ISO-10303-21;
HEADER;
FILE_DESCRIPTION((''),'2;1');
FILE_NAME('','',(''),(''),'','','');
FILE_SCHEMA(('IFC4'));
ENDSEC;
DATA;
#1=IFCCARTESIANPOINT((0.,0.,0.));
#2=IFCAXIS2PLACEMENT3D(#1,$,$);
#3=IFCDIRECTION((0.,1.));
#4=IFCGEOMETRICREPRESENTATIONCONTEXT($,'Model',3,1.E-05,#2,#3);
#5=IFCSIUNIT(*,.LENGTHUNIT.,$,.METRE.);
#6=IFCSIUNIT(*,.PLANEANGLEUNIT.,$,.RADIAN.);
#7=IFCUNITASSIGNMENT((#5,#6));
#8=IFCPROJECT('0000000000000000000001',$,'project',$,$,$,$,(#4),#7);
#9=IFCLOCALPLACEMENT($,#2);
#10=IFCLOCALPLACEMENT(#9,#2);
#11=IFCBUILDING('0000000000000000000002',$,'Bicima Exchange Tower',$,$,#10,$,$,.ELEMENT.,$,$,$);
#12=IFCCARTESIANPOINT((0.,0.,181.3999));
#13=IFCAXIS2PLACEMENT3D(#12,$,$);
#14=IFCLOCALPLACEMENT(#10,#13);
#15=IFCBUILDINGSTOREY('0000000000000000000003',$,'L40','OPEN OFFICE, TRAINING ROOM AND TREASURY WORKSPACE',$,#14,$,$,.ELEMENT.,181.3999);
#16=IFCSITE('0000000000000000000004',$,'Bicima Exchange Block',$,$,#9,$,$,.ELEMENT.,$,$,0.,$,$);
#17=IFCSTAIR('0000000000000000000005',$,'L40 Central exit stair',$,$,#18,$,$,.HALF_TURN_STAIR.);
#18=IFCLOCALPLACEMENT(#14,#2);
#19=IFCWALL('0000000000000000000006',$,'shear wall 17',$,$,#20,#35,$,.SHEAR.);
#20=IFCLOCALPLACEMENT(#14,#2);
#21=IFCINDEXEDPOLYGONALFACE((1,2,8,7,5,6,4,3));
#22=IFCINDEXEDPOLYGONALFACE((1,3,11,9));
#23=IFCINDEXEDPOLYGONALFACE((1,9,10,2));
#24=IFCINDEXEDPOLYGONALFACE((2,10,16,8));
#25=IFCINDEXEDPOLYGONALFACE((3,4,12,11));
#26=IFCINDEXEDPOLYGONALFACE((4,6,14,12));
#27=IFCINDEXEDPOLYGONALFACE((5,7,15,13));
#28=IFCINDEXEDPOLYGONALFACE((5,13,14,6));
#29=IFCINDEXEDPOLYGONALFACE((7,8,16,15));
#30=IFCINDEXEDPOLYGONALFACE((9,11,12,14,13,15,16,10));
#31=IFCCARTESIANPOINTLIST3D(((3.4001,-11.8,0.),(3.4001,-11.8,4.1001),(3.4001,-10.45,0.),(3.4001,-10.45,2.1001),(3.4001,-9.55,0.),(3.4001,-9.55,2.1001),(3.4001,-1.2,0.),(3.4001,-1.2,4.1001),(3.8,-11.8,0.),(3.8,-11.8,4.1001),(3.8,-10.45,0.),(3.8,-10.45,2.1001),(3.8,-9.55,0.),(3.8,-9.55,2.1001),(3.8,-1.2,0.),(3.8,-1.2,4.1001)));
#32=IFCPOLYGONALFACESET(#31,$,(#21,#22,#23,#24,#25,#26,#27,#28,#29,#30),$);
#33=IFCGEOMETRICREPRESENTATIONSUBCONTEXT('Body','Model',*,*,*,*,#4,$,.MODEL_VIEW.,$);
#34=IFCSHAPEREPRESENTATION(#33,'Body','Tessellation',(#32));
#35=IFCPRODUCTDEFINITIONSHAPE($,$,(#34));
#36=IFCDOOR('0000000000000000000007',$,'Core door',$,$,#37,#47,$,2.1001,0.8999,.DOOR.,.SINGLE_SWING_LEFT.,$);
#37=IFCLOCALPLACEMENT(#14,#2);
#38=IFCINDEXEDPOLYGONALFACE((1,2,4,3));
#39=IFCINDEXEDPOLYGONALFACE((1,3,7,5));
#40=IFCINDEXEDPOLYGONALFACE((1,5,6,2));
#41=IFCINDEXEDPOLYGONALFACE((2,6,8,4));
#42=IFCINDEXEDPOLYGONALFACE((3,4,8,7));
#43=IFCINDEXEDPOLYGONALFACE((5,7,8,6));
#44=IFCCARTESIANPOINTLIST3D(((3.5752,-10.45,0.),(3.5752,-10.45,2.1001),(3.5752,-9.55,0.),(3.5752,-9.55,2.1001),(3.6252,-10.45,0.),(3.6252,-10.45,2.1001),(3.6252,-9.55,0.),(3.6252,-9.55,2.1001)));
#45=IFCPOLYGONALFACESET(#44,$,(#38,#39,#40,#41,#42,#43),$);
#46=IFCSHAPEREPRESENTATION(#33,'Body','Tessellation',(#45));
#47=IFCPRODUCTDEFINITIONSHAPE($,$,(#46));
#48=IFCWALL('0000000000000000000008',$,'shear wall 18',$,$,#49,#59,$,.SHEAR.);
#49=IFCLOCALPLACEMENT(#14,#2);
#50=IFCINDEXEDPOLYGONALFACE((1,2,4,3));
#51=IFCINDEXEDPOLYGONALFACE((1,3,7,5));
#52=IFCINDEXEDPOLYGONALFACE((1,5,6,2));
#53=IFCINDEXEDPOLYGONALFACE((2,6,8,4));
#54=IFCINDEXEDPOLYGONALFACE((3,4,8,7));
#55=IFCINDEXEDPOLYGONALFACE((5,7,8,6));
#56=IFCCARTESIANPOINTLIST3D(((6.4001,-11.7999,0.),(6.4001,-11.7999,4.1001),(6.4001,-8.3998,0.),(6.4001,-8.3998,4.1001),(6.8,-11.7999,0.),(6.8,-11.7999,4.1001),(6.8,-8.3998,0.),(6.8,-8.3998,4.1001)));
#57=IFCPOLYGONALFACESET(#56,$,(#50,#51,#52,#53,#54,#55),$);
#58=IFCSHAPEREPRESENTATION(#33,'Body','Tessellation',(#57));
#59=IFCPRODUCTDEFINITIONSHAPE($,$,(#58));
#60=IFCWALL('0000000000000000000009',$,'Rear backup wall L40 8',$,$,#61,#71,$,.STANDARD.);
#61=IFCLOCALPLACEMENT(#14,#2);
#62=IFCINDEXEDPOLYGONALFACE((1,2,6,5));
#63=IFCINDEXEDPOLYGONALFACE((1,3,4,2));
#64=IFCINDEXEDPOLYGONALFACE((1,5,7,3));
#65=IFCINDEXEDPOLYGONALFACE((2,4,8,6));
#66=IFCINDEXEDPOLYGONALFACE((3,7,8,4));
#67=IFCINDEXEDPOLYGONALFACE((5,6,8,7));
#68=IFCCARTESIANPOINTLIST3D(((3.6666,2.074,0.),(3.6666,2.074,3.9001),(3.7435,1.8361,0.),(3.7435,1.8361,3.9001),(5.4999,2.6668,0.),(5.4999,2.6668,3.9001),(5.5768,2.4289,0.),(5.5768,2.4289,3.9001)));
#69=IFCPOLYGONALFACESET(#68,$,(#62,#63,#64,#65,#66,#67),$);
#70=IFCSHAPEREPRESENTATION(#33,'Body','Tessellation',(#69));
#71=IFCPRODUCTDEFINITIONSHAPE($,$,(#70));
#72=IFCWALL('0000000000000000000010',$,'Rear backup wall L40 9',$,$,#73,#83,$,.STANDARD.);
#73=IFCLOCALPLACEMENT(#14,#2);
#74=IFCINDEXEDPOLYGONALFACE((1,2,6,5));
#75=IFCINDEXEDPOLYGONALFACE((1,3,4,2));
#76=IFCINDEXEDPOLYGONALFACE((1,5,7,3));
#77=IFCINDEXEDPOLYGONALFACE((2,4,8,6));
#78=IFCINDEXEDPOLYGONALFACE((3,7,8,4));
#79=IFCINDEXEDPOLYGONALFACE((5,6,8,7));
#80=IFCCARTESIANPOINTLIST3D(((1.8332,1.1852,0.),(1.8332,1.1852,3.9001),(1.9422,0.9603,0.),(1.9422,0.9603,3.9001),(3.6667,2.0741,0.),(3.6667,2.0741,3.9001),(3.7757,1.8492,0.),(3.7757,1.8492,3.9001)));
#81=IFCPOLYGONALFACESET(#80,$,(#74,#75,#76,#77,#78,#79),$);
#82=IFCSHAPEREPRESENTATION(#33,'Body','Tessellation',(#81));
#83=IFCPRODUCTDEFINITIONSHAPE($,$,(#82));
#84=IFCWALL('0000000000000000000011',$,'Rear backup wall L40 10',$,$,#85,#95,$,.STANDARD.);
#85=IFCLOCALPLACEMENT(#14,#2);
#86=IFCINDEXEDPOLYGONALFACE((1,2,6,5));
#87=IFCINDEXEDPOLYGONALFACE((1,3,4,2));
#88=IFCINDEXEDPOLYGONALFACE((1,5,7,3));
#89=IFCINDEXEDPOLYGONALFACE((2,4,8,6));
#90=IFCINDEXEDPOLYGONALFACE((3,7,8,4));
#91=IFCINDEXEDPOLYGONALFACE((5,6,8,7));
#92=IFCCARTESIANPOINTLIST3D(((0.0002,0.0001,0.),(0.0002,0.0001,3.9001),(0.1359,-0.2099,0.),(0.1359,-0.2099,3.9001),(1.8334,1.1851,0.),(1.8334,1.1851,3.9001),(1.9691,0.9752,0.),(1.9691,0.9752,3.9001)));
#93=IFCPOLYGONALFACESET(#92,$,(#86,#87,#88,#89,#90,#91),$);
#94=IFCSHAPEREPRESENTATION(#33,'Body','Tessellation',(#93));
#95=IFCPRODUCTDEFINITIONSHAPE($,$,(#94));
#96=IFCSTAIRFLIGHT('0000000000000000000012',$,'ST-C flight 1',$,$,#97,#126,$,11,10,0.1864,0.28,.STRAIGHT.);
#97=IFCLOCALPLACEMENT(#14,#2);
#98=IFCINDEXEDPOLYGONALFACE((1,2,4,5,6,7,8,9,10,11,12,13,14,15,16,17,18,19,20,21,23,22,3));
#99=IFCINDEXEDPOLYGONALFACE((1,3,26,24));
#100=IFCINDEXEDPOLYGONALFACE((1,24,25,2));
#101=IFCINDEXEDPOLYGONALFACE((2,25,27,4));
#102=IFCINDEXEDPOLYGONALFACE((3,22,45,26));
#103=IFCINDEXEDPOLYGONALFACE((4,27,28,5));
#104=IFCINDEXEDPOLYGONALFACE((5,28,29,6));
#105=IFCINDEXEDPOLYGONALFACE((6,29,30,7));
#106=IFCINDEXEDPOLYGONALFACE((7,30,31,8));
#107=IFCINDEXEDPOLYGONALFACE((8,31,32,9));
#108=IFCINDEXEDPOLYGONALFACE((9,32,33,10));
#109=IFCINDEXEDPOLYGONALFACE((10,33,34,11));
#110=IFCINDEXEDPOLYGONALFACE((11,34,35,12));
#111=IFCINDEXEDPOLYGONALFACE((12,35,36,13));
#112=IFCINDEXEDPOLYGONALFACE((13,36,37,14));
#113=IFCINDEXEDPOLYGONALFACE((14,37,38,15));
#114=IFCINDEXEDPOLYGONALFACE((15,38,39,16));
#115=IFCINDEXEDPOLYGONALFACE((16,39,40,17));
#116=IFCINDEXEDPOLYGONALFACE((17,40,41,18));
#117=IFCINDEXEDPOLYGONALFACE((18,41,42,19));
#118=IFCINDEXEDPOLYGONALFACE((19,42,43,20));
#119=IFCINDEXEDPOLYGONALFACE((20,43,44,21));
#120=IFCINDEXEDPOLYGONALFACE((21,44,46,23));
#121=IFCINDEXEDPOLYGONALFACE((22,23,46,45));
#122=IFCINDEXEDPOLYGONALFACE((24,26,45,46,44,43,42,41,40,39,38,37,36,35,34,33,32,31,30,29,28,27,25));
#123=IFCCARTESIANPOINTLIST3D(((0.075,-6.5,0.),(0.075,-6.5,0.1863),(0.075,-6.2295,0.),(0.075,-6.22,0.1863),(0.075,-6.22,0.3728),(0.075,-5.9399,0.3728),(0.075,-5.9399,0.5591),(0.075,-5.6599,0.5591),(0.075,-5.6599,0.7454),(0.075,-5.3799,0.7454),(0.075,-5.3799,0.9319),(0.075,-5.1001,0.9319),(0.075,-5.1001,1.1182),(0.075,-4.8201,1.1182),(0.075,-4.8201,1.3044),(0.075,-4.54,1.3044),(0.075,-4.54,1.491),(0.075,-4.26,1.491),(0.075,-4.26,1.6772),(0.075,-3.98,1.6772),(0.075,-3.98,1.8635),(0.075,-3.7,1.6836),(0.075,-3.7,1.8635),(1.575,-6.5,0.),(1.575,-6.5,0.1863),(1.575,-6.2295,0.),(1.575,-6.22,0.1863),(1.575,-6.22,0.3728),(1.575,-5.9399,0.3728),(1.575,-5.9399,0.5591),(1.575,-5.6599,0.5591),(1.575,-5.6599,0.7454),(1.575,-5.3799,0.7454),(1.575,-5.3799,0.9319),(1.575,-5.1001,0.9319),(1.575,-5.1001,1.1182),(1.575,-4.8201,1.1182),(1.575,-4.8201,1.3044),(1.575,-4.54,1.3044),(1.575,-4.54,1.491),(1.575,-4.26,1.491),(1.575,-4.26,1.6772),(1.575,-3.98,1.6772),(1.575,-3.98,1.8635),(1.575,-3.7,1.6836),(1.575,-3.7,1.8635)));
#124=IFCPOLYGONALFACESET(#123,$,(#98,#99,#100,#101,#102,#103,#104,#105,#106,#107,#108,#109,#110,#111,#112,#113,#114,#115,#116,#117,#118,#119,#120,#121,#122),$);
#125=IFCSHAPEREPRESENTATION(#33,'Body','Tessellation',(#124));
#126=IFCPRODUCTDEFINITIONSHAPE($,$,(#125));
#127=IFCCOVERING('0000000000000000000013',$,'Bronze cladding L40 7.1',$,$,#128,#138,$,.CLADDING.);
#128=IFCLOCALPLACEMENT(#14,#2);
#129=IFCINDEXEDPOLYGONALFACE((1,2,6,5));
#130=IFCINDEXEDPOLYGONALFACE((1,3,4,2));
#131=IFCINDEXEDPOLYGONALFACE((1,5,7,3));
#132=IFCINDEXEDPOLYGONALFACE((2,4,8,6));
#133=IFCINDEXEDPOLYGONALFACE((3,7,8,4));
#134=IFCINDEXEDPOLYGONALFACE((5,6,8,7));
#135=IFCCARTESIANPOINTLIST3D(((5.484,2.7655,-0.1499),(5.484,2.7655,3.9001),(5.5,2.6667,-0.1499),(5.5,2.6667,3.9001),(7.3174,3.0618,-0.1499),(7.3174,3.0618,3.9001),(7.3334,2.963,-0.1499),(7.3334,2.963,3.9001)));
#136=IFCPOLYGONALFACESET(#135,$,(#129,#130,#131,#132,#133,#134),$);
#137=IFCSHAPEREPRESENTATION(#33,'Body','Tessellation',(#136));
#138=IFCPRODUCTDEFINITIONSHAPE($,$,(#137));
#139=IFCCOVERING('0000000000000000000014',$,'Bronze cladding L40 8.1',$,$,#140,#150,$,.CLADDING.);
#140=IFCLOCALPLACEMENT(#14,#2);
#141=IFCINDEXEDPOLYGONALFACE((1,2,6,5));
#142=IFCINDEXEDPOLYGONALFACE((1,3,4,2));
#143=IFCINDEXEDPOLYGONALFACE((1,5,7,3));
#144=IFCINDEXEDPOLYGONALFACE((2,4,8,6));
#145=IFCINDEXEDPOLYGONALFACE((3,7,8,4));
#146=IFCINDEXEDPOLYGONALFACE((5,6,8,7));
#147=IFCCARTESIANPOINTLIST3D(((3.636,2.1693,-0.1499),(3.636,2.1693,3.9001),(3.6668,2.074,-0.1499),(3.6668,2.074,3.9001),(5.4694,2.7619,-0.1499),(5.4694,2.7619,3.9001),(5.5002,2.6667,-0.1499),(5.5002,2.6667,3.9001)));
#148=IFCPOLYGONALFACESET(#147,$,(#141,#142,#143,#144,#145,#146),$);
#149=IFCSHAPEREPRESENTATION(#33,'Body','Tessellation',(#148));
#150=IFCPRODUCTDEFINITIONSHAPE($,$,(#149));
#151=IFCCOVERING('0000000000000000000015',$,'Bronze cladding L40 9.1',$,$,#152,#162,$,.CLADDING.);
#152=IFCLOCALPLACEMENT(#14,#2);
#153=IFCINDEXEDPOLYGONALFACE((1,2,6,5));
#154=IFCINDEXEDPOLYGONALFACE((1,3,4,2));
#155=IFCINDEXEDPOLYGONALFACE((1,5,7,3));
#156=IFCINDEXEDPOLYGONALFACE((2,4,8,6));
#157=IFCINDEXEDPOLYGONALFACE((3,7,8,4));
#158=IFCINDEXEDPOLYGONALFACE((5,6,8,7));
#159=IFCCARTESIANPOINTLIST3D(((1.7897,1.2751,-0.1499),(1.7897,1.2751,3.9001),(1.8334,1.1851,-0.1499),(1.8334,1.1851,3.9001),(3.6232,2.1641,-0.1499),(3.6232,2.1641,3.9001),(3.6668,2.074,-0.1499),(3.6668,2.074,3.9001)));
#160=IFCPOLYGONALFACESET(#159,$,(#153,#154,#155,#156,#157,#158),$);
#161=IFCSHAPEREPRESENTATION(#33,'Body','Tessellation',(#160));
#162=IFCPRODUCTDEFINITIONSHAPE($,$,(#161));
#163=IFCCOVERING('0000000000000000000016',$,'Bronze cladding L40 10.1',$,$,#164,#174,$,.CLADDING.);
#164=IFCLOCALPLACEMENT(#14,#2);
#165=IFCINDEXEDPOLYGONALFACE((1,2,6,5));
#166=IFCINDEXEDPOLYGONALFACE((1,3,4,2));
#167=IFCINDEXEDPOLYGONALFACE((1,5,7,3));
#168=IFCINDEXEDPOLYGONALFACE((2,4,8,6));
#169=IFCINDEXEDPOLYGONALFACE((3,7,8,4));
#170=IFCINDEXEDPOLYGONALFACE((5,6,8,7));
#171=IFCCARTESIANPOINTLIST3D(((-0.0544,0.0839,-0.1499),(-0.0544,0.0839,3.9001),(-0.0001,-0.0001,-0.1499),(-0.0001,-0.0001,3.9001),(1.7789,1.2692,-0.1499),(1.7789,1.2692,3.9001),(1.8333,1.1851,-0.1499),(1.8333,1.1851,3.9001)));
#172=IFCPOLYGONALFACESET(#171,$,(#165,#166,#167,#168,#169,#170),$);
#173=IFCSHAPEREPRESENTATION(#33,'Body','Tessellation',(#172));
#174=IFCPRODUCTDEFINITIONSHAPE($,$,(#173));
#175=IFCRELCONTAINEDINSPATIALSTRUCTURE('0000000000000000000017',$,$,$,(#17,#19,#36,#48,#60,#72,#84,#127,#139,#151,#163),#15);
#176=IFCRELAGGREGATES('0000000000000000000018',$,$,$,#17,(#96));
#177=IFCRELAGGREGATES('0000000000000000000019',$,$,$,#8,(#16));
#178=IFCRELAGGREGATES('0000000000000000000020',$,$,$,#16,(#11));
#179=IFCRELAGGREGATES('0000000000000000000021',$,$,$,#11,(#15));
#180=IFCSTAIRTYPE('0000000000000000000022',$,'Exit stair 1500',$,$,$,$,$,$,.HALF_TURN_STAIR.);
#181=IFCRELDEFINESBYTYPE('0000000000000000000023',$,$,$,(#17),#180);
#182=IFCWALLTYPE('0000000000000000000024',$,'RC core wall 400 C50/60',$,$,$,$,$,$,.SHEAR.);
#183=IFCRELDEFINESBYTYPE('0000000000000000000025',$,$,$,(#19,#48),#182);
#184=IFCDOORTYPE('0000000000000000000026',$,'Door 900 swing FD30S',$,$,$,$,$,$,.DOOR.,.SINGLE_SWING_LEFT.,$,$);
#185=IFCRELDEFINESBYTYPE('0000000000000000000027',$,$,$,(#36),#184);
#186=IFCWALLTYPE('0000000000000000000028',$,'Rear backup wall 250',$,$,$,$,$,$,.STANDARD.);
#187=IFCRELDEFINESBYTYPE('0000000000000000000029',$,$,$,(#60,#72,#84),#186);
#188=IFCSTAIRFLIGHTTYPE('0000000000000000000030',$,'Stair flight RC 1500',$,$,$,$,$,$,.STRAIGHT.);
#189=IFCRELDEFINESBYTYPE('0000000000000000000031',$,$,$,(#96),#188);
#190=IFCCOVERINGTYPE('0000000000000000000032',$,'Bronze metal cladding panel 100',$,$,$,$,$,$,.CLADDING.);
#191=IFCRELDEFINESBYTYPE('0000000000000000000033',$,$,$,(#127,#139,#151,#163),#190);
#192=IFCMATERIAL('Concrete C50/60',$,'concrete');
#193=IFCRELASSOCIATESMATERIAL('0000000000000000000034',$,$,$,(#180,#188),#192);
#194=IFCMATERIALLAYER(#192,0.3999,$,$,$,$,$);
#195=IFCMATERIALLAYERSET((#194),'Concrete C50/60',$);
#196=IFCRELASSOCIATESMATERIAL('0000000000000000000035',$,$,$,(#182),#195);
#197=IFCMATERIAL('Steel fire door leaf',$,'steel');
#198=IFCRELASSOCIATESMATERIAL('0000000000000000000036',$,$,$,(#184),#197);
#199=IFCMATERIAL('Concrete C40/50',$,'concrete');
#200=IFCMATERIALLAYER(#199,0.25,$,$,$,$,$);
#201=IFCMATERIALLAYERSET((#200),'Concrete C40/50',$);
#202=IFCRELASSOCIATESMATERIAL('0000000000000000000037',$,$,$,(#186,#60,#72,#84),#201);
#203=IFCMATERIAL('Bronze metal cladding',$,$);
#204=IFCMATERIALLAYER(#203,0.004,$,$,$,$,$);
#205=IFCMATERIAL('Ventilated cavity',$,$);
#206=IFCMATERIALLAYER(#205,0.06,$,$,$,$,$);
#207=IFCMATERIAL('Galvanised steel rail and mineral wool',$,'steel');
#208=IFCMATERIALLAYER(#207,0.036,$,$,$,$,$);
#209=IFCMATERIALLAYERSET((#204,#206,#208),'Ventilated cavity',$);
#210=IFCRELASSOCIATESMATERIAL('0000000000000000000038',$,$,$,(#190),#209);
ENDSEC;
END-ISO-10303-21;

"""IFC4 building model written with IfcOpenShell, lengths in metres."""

from ifc_helpers import new_model, si_unit, direction, frame, frame_2d, origin, origin_2d, place, context, subcontext, project, spatial, polyline, rectangle, outline, extrude, material, layer, layer_set, layer_usage, type_object, element, fill, aggregate, save


model = new_model("IFC4")

# Units and contexts
model_context = context("Model", 3, precision=1e-05, world=origin(), true_north=direction((0.0, 1.0)))
body_context = subcontext(model_context, "Body", "Model", "MODEL_VIEW")
ifc_project = project(units=[si_unit("LENGTHUNIT", "METRE"), si_unit("PLANEANGLEUNIT", "RADIAN")], contexts=[model_context])

# Site, building, storey
site_placement = place(None, origin())
site = spatial("IfcSite", under=ifc_project, at=site_placement, Name="Bicima Exchange Block", CompositionType="ELEMENT", RefElevation=0.0)
building_placement = place(site_placement, origin())
building = spatial("IfcBuilding", under=site, at=building_placement, Name="Bicima Exchange Tower", CompositionType="ELEMENT")
storey_placement = place(building_placement, frame((0.0, 0.0, 181.3999)))
storey = spatial("IfcBuildingStorey", under=building, at=storey_placement, Name="L40", Description="OPEN OFFICE, TRAINING ROOM AND TREASURY WORKSPACE", CompositionType="ELEMENT", Elevation=181.3999)

# Stair
ifc_material_1 = material(Name="Concrete C50/60", Category="concrete")
stair_type_1 = type_object("IfcStairType", Name="Exit stair 1500", PredefinedType="HALF_TURN_STAIR", material=ifc_material_1)
stair_1_placement = place(storey_placement, origin())
stair_1 = element("IfcStair", 1, at=stair_1_placement, inside=storey, type_object=stair_type_1, Name="L40 Central exit stair", PredefinedType="HALF_TURN_STAIR")

# Shared definitions
ifc_layer_1 = layer(ifc_material_1, 0.3999)
ifc_layer_set_1 = layer_set([ifc_layer_1], Name="Concrete C50/60")
wall_type_1 = type_object("IfcWallType", Name="RC core wall 400 C50/60", PredefinedType="SHEAR", material=ifc_layer_set_1)

# Shared definitions
ifc_material_2 = material(Name="Steel fire door leaf", Category="steel")
door_type_1 = type_object("IfcDoorType", Name="Door 900 swing FD30S", OperationType="SINGLE_SWING_LEFT", PredefinedType="DOOR", material=ifc_material_2)

# Wall, opening, door
wall_1_placement = place(storey_placement, frame((3.6001, -11.8, 0.0), z_axis=(0.0, 0.0, 1.0), x_axis=(0.0, 1.0, 0.0)))
wall_1 = element("IfcWall", 2, at=wall_1_placement, inside=storey, type_object=wall_type_1, Name="shear wall 17", PredefinedType="SHEAR", context=body_context, shape_type="SweptSolid", body=[
    extrude(rectangle(XDim=10.6001, YDim=0.3999, at=frame_2d((5.3, 0.0))), origin(), (0.0, 0.0, 1.0), 4.1001),
])
opening_1_placement = place(wall_1_placement, frame((1.3501, 0.0, 0.0)))
opening_1 = element("IfcOpeningElement", 3, at=opening_1_placement, cuts=wall_1, PredefinedType="OPENING", context=body_context, shape_type="SweptSolid", body=[
    extrude(rectangle(XDim=0.8999, YDim=2.1001, at=frame_2d((0.45, 1.05))), frame((0.0, 0.2119, 0.0), z_axis=(0.0, -1.0, 0.0), x_axis=(1.0, 0.0, 0.0)), (0.0, 0.0, 1.0), 0.4238),
])
door_1_placement = place(opening_1_placement, origin())
door_1 = element("IfcDoor", 4, at=door_1_placement, inside=storey, type_object=door_type_1, Name="Core door", OperationType="SINGLE_SWING_LEFT", OverallHeight=2.1001, OverallWidth=0.8999, PredefinedType="DOOR", context=body_context, shape_type="SweptSolid", body=[
    extrude(rectangle(XDim=0.8999, YDim=2.1001, at=frame_2d((0.45, 1.05))), frame((0.0, 0.0249, 0.0), z_axis=(0.0, -1.0, 0.0), x_axis=(1.0, 0.0, 0.0)), (0.0, 0.0, 1.0), 0.05),
])
fill(opening_1, door_1)

# Walls
wall_2_placement = place(storey_placement, frame((6.6001, -11.8, 0.0), z_axis=(0.0, 0.0, 1.0), x_axis=(0.0, 1.0, 0.0)))
element("IfcWall", 5, at=wall_2_placement, inside=storey, type_object=wall_type_1, Name="shear wall 18", PredefinedType="SHEAR", context=body_context, shape_type="SweptSolid", body=[
    extrude(rectangle(XDim=3.4001, YDim=0.3999, at=frame_2d((1.7002, 0.0))), origin(), (0.0, 0.0, 1.0), 4.1001),
])
ifc_material_3 = material(Name="Concrete C40/50", Category="concrete")
ifc_layer_2 = layer(ifc_material_3, 0.25)
ifc_layer_set_2 = layer_set([ifc_layer_2], Name="Concrete C40/50")
ifc_layer_usage = layer_usage(ifc_layer_set_2, "AXIS2", "POSITIVE", -0.125)
wall_type_2 = type_object("IfcWallType", Name="Rear backup wall 250", PredefinedType="STANDARD", material=ifc_layer_set_2)
wall_3_placement = place(storey_placement, frame((5.5383, 2.5479, 0.0), z_axis=(0.0, 0.0, 1.0), x_axis=(-0.951496, -0.307662, 0.0)))
element("IfcWall", 6, at=wall_3_placement, inside=storey, type_object=wall_type_2, material=ifc_layer_usage, Name="Rear backup wall L40 8", PredefinedType="STANDARD", context=body_context, shape_type="SweptSolid", body=[
    extrude(rectangle(XDim=1.9268, YDim=0.25, at=frame_2d((0.9634, 0.0))), origin(), (0.0, 0.0, 1.0), 3.9001),
])
wall_4_placement = place(storey_placement, frame((3.7212, 1.9617, 0.0), z_axis=(0.0, 0.0, 1.0), x_axis=(-0.899824, -0.436253, 0.0)))
element("IfcWall", 7, at=wall_4_placement, inside=storey, type_object=wall_type_2, material=ifc_layer_usage, Name="Rear backup wall L40 9", PredefinedType="STANDARD", context=body_context, shape_type="SweptSolid", body=[
    extrude(rectangle(XDim=2.0376, YDim=0.25, at=frame_2d((1.0188, 0.0))), origin(), (0.0, 0.0, 1.0), 3.9001),
])
wall_5_placement = place(storey_placement, frame((1.9011, 1.0801, 0.0), z_axis=(0.0, 0.0, 1.0), x_axis=(-0.839813, -0.542876, 0.0)))
element("IfcWall", 8, at=wall_5_placement, inside=storey, type_object=wall_type_2, material=ifc_layer_usage, Name="Rear backup wall L40 10", PredefinedType="STANDARD", context=body_context, shape_type="SweptSolid", body=[
    extrude(rectangle(XDim=2.1829, YDim=0.25, at=frame_2d((1.0913, 0.0))), origin(), (0.0, 0.0, 1.0), 3.9001),
])

# Stair flight
stair_flight_type = type_object("IfcStairFlightType", Name="Stair flight RC 1500", PredefinedType="STRAIGHT", material=ifc_material_1)
stair_flight_placement = place(storey_placement, frame((0.825, -6.5, 0.0), z_axis=(0.0, 0.0, 1.0), x_axis=(0.0, 1.0, 0.0)))
stair_flight = element("IfcStairFlight", 9, at=stair_flight_placement, type_object=stair_flight_type, Name="ST-C flight 1", NumberOfRisers=11, NumberOfTreads=10, PredefinedType="STRAIGHT", RiserHeight=0.1864, TreadLength=0.28, context=body_context, shape_type="SweptSolid", body=[
    extrude(outline(polyline([(0.0, 0.0), (0.0, 0.1863), (0.28, 0.1863), (0.28, 0.3728), (0.5601, 0.3728), (0.5601, 0.5591), (0.8401, 0.5591), (0.8401, 0.7454), (1.1201, 0.7454), (1.1201, 0.9319), (1.3999, 0.9319), (1.3999, 1.1182), (1.6799, 1.1182), (1.6799, 1.3044), (1.96, 1.3044), (1.96, 1.491), (2.24, 1.491), (2.24, 1.6772), (2.52, 1.6772), (2.52, 1.8635), (2.8, 1.8635), (2.8, 2.05), (2.8, 1.6836), (0.2705, 0.0), (0.0, 0.0)])), frame((0.0, 0.75, 0.0), z_axis=(0.0, -1.0, 0.0), x_axis=(1.0, 0.0, 0.0)), (0.0, 0.0, 1.0), 1.5),
])
aggregate(stair_1, [stair_flight])

# Coverings
ifc_material_4 = material(Name="Bronze metal cladding")
ifc_layer_3 = layer(ifc_material_4, 0.004)
ifc_material_5 = material(Name="Ventilated cavity")
ifc_layer_4 = layer(ifc_material_5, 0.06)
ifc_material_6 = material(Name="Galvanised steel rail and mineral wool", Category="steel")
ifc_layer_5 = layer(ifc_material_6, 0.036)
ifc_layer_set_3 = layer_set([ifc_layer_3, ifc_layer_4, ifc_layer_5], Name="Ventilated cavity")
covering_type = type_object("IfcCoveringType", Name="Bronze metal cladding panel 100", PredefinedType="CLADDING", material=ifc_layer_set_3)
covering_1_placement = place(storey_placement, frame((6.4087, 2.8643, -0.1499), z_axis=(0.0, 0.0, 1.0), x_axis=(-0.98719, -0.15955, 0.0)))
element("IfcCovering", 10, at=covering_1_placement, inside=storey, type_object=covering_type, Name="Bronze cladding L40 7.1", PredefinedType="CLADDING", context=body_context, shape_type="SweptSolid", body=[
    extrude(rectangle(XDim=1.8572, YDim=0.1001, at=origin_2d()), origin(), (0.0, 0.0, 1.0), 4.05),
])
covering_2_placement = place(storey_placement, frame((4.5681, 2.418, -0.1499), z_axis=(0.0, 0.0, 1.0), x_axis=(-0.951525, -0.307573, 0.0)))
element("IfcCovering", 11, at=covering_2_placement, inside=storey, type_object=covering_type, Name="Bronze cladding L40 8.1", PredefinedType="CLADDING", context=body_context, shape_type="SweptSolid", body=[
    extrude(rectangle(XDim=1.9268, YDim=0.1001, at=origin_2d()), origin(), (0.0, 0.0, 1.0), 4.05),
])
covering_3_placement = place(storey_placement, frame((2.7283, 1.6746, -0.1499), z_axis=(0.0, 0.0, 1.0), x_axis=(-0.899818, -0.436265, 0.0)))
element("IfcCovering", 12, at=covering_3_placement, inside=storey, type_object=covering_type, Name="Bronze cladding L40 9.1", PredefinedType="CLADDING", context=body_context, shape_type="SweptSolid", body=[
    extrude(rectangle(XDim=2.0376, YDim=0.1001, at=origin_2d()), origin(), (0.0, 0.0, 1.0), 4.05),
])
covering_4_placement = place(storey_placement, frame((0.8894, 0.6345, -0.1499), z_axis=(0.0, 0.0, 1.0), x_axis=(-0.83979, -0.542911, 0.0)))
element("IfcCovering", 13, at=covering_4_placement, inside=storey, type_object=covering_type, Name="Bronze cladding L40 10.1", PredefinedType="CLADDING", context=body_context, shape_type="SweptSolid", body=[
    extrude(rectangle(XDim=2.1831, YDim=0.1001, at=origin_2d()), origin(), (0.0, 0.0, 1.0), 4.05),
])

save(model, "model.ifc")
